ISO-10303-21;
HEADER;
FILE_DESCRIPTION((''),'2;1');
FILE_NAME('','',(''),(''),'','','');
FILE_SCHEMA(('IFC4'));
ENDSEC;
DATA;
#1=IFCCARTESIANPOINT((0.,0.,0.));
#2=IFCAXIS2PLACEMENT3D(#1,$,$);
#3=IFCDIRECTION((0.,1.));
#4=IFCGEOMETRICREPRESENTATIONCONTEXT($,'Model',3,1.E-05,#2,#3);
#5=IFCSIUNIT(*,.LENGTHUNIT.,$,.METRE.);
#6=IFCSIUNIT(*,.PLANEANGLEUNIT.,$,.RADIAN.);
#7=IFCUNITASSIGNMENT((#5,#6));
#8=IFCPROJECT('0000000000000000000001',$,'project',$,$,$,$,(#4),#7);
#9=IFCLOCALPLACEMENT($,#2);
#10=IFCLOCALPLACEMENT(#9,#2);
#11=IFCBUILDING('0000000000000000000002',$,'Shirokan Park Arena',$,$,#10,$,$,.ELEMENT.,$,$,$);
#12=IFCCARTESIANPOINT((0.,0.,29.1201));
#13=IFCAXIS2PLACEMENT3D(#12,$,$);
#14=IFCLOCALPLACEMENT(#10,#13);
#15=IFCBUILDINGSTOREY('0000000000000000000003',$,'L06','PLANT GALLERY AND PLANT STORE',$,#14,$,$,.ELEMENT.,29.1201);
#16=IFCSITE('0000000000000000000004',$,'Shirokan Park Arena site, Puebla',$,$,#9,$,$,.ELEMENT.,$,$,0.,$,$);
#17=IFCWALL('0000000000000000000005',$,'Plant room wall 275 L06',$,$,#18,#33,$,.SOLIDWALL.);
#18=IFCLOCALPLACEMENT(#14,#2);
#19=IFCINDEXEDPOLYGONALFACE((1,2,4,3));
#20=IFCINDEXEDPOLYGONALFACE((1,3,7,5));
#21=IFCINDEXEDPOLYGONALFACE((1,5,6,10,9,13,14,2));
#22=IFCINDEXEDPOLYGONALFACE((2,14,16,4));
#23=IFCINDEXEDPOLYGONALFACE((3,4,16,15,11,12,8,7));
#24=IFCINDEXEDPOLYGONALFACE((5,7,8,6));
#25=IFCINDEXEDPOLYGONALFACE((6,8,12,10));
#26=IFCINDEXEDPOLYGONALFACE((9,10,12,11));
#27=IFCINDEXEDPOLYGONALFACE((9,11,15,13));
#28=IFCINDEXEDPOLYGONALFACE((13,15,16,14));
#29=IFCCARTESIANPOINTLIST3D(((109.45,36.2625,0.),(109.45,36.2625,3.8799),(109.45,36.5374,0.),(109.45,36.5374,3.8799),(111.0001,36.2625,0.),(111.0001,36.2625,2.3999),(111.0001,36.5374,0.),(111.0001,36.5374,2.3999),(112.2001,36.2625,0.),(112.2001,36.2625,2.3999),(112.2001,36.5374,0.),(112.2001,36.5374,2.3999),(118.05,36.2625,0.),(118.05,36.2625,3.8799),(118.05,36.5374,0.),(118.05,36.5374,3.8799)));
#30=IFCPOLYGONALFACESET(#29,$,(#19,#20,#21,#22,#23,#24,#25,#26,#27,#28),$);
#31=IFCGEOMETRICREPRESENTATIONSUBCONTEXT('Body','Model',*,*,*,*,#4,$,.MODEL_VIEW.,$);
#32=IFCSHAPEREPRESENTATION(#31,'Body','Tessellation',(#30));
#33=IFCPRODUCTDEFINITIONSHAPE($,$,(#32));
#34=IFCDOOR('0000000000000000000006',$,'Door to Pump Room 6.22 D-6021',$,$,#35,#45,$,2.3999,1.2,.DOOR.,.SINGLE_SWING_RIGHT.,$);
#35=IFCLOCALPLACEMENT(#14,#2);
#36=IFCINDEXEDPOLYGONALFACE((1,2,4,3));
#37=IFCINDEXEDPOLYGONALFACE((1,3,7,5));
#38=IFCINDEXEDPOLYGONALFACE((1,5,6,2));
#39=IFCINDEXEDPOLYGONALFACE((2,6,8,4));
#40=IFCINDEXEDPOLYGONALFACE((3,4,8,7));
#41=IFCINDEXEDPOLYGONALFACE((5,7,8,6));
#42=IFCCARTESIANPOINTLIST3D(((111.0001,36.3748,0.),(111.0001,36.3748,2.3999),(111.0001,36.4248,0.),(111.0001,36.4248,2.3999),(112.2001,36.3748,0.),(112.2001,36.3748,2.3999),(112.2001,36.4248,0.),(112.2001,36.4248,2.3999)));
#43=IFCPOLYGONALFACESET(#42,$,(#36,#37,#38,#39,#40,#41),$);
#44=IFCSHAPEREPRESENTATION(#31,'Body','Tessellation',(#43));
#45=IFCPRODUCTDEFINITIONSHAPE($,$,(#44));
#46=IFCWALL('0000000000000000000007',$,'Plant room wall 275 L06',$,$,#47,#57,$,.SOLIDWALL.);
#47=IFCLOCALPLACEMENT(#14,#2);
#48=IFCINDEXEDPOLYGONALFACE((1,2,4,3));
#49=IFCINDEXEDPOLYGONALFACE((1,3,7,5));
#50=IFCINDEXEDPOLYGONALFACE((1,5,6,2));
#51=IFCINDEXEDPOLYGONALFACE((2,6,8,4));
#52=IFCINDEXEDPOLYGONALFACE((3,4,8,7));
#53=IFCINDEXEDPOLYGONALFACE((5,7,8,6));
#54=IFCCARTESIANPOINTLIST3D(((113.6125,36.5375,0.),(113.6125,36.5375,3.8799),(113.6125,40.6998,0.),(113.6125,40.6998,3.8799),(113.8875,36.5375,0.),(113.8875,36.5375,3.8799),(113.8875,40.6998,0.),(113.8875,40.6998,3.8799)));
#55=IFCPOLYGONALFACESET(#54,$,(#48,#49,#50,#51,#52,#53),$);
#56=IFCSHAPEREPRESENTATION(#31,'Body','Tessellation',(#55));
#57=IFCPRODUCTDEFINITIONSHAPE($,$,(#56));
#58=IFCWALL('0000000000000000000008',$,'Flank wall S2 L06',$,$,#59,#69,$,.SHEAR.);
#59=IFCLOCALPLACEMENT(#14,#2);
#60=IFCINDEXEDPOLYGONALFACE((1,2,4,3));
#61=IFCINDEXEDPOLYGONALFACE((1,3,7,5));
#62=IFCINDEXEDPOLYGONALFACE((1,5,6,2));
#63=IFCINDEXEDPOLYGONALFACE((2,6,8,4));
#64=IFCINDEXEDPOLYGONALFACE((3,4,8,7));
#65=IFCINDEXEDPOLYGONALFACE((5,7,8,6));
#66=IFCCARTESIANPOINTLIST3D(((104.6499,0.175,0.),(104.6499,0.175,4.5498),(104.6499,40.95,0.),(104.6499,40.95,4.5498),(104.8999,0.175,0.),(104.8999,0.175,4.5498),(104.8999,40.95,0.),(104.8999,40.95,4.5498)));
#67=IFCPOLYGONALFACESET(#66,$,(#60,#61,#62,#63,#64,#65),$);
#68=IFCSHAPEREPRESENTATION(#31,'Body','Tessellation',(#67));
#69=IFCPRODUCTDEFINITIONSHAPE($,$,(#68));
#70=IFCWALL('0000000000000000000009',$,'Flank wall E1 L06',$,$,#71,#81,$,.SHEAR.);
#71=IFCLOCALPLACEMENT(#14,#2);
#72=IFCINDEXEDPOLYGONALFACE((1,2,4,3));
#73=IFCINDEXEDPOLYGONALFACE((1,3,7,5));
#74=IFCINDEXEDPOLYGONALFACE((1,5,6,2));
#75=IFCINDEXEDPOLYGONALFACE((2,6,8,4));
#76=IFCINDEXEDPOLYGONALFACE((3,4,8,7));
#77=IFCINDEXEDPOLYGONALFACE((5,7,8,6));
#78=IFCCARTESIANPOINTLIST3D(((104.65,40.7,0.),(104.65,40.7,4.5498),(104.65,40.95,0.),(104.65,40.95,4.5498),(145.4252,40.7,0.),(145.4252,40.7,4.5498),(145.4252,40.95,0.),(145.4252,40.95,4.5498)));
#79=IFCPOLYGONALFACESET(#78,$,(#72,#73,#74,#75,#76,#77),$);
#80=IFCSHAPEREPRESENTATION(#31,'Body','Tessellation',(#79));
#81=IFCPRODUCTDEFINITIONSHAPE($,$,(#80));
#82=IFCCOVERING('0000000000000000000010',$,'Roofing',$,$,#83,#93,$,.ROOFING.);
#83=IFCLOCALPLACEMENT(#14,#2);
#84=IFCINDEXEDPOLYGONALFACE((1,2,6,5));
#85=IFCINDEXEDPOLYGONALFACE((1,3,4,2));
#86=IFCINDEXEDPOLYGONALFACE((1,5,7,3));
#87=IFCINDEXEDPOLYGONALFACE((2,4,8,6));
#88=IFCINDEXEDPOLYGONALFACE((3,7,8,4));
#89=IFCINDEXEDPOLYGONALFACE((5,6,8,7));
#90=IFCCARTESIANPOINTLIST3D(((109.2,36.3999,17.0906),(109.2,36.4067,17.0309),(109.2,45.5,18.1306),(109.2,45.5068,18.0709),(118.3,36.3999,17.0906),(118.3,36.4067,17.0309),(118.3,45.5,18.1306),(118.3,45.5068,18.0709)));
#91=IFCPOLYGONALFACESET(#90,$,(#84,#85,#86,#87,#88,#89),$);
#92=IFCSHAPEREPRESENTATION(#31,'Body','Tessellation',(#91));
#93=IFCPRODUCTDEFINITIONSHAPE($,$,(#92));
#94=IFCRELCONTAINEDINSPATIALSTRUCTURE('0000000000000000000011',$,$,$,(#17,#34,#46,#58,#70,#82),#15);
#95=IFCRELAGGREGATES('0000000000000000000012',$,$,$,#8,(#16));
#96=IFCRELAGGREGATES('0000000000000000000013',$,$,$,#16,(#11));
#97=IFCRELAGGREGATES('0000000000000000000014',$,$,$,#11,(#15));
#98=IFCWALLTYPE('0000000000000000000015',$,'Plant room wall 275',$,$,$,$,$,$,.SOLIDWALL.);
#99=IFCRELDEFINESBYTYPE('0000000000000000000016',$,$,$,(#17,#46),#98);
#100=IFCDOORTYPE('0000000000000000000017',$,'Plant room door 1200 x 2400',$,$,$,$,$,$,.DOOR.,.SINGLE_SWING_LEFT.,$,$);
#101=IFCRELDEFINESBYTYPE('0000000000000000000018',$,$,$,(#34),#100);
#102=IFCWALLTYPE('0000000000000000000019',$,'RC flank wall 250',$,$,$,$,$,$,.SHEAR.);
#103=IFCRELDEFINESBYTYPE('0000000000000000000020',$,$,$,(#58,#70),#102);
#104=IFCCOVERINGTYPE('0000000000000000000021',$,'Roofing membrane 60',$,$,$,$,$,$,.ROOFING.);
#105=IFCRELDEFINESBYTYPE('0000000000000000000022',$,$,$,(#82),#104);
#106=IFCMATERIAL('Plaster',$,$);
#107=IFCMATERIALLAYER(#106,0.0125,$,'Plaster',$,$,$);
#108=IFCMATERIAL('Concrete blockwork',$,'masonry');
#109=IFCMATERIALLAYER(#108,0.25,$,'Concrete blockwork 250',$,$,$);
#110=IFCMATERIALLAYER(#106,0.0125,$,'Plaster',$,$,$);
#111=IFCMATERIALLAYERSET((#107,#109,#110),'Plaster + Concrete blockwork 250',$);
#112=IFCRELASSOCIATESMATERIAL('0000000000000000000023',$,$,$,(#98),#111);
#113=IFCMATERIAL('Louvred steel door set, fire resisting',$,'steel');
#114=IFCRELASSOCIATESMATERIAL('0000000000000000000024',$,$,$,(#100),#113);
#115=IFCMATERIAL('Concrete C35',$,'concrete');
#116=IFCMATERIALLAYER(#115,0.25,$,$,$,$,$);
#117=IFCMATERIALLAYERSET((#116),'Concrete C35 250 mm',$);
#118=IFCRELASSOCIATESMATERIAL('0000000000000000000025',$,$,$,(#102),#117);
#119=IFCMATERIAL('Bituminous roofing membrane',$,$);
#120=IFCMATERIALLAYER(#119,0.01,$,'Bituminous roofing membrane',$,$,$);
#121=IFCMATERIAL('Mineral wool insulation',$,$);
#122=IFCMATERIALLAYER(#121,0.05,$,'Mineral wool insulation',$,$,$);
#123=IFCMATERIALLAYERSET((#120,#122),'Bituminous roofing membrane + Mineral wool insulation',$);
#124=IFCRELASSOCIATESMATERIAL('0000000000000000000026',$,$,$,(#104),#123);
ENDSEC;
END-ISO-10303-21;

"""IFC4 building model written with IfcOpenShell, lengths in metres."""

from ifc_helpers import new_model, si_unit, direction, frame, frame_2d, origin, place, context, subcontext, project, spatial, polyline, rectangle, outline, extrude, material, layer, layer_set, type_object, element, fill, save


model = new_model("IFC4")

# Units and contexts
model_context = context("Model", 3, precision=1e-05, world=origin(), true_north=direction((0.0, 1.0)))
body_context = subcontext(model_context, "Body", "Model", "MODEL_VIEW")
ifc_project = project(units=[si_unit("LENGTHUNIT", "METRE"), si_unit("PLANEANGLEUNIT", "RADIAN")], contexts=[model_context])

# Site, building, storey
site_placement = place(None, origin())
site = spatial("IfcSite", under=ifc_project, at=site_placement, Name="Shirokan Park Arena site, Puebla", CompositionType="ELEMENT", RefElevation=0.0)
building_placement = place(site_placement, origin())
building = spatial("IfcBuilding", under=site, at=building_placement, Name="Shirokan Park Arena", CompositionType="ELEMENT")
storey_placement = place(building_placement, frame((0.0, 0.0, 29.1201)))
storey = spatial("IfcBuildingStorey", under=building, at=storey_placement, Name="L06", Description="PLANT GALLERY AND PLANT STORE", CompositionType="ELEMENT", Elevation=29.1201)

# Shared definitions
ifc_material_1 = material(Name="Concrete C35", Category="concrete")

# Shared definitions
ifc_material_2 = material(Name="Plaster")
ifc_layer_1 = layer(ifc_material_2, 0.0125, Name="Plaster")
ifc_material_3 = material(Name="Concrete blockwork", Category="masonry")
ifc_layer_2 = layer(ifc_material_3, 0.25, Name="Concrete blockwork 250")
ifc_layer_3 = layer(ifc_material_2, 0.0125, Name="Plaster")
ifc_layer_set_1 = layer_set([ifc_layer_1, ifc_layer_2, ifc_layer_3], Name="Plaster + Concrete blockwork 250")
wall_type_1 = type_object("IfcWallType", Name="Plant room wall 275", PredefinedType="SOLIDWALL", material=ifc_layer_set_1)

# Wall, opening, door
wall_1_placement = place(storey_placement, frame((109.45, 36.3999, 0.0), z_axis=(0.0, 0.0, 1.0), x_axis=(1.0, 0.0, 0.0)))
wall_1 = element("IfcWall", 1, at=wall_1_placement, inside=storey, type_object=wall_type_1, Name="Plant room wall 275 L06", PredefinedType="SOLIDWALL", context=body_context, shape_type="SweptSolid", body=[
    extrude(rectangle(XDim=8.6001, YDim=0.2749, at=frame_2d((4.3, 0.0))), origin(), (0.0, 0.0, 1.0), 3.8799),
])
opening_placement = place(wall_1_placement, frame((1.55, 0.0, 0.0)))
opening = element("IfcOpeningElement", 2, at=opening_placement, cuts=wall_1, PredefinedType="OPENING", context=body_context, shape_type="SweptSolid", body=[
    extrude(rectangle(XDim=1.2, YDim=2.3999, at=frame_2d((0.6001, 1.2))), frame((0.0, 0.1475, 0.0), z_axis=(0.0, -1.0, 0.0), x_axis=(1.0, 0.0, 0.0)), (0.0, 0.0, 1.0), 0.2949),
])
ifc_material_4 = material(Name="Louvred steel door set, fire resisting", Category="steel")
door_type = type_object("IfcDoorType", Name="Plant room door 1200 x 2400", OperationType="SINGLE_SWING_LEFT", PredefinedType="DOOR", material=ifc_material_4)
door_placement = place(opening_placement, origin())
door = element("IfcDoor", 3, at=door_placement, inside=storey, type_object=door_type, Name="Door to Pump Room 6.22 D-6021", OperationType="SINGLE_SWING_RIGHT", OverallHeight=2.3999, OverallWidth=1.2, PredefinedType="DOOR", context=body_context, shape_type="SweptSolid", body=[
    extrude(rectangle(XDim=1.2, YDim=2.3999, at=frame_2d((0.6001, 1.2))), frame((0.0, 0.0249, 0.0), z_axis=(0.0, -1.0, 0.0), x_axis=(1.0, 0.0, 0.0)), (0.0, 0.0, 1.0), 0.05),
])
fill(opening, door)

# Walls
wall_2_placement = place(storey_placement, frame((113.75, 36.5376, 0.0), z_axis=(0.0, 0.0, 1.0), x_axis=(0.0, 1.0, 0.0)))
element("IfcWall", 4, at=wall_2_placement, inside=storey, type_object=wall_type_1, Name="Plant room wall 275 L06", PredefinedType="SOLIDWALL", context=body_context, shape_type="SweptSolid", body=[
    extrude(rectangle(XDim=4.1624, YDim=0.2749, at=frame_2d((2.0811, 0.0))), origin(), (0.0, 0.0, 1.0), 3.8799),
])
ifc_layer_4 = layer(ifc_material_1, 0.25)
ifc_layer_set_2 = layer_set([ifc_layer_4], Name="Concrete C35 250 mm")
wall_type_2 = type_object("IfcWallType", Name="RC flank wall 250", PredefinedType="SHEAR", material=ifc_layer_set_2)
wall_3_placement = place(storey_placement, frame((104.7749, 40.95, 0.0), z_axis=(0.0, 0.0, 1.0), x_axis=(0.0, -1.0, 0.0)))
element("IfcWall", 5, at=wall_3_placement, inside=storey, type_object=wall_type_2, Name="Flank wall S2 L06", PredefinedType="SHEAR", context=body_context, shape_type="SweptSolid", body=[
    extrude(rectangle(XDim=40.7749, YDim=0.25, at=frame_2d((20.3875, 0.0))), origin(), (0.0, 0.0, 1.0), 4.5498),
])
wall_4_placement = place(storey_placement, frame((104.6499, 40.825, 0.0), z_axis=(0.0, 0.0, 1.0), x_axis=(1.0, 0.0, 0.0)))
element("IfcWall", 6, at=wall_4_placement, inside=storey, type_object=wall_type_2, Name="Flank wall E1 L06", PredefinedType="SHEAR", context=body_context, shape_type="SweptSolid", body=[
    extrude(rectangle(XDim=40.7751, YDim=0.25, at=frame_2d((20.3877, 0.0))), origin(), (0.0, 0.0, 1.0), 4.5498),
])

# Covering
ifc_material_5 = material(Name="Bituminous roofing membrane")
ifc_layer_5 = layer(ifc_material_5, 0.01, Name="Bituminous roofing membrane")
ifc_material_6 = material(Name="Mineral wool insulation")
ifc_layer_6 = layer(ifc_material_6, 0.05, Name="Mineral wool insulation")
ifc_layer_set_3 = layer_set([ifc_layer_5, ifc_layer_6], Name="Bituminous roofing membrane + Mineral wool insulation")
covering_type = type_object("IfcCoveringType", Name="Roofing membrane 60", PredefinedType="ROOFING", material=ifc_layer_set_3)
covering_placement = place(storey_placement, frame((109.2, 36.3999, 17.0906), z_axis=(0.0, -0.11355, 0.993532), x_axis=(1.0, 0.0, 0.0)))
element("IfcCovering", 7, at=covering_placement, inside=storey, type_object=covering_type, Name="Roofing", PredefinedType="ROOFING", context=body_context, shape_type="SweptSolid", body=[
    extrude(outline(polyline([(0.0, 0.0), (9.1001, 0.0), (9.1001, 9.1593), (0.0, 9.1593), (0.0, 0.0)])), origin(), (0.0, 0.0, -1.0), 0.0601),
])

save(model, "model.ifc")
